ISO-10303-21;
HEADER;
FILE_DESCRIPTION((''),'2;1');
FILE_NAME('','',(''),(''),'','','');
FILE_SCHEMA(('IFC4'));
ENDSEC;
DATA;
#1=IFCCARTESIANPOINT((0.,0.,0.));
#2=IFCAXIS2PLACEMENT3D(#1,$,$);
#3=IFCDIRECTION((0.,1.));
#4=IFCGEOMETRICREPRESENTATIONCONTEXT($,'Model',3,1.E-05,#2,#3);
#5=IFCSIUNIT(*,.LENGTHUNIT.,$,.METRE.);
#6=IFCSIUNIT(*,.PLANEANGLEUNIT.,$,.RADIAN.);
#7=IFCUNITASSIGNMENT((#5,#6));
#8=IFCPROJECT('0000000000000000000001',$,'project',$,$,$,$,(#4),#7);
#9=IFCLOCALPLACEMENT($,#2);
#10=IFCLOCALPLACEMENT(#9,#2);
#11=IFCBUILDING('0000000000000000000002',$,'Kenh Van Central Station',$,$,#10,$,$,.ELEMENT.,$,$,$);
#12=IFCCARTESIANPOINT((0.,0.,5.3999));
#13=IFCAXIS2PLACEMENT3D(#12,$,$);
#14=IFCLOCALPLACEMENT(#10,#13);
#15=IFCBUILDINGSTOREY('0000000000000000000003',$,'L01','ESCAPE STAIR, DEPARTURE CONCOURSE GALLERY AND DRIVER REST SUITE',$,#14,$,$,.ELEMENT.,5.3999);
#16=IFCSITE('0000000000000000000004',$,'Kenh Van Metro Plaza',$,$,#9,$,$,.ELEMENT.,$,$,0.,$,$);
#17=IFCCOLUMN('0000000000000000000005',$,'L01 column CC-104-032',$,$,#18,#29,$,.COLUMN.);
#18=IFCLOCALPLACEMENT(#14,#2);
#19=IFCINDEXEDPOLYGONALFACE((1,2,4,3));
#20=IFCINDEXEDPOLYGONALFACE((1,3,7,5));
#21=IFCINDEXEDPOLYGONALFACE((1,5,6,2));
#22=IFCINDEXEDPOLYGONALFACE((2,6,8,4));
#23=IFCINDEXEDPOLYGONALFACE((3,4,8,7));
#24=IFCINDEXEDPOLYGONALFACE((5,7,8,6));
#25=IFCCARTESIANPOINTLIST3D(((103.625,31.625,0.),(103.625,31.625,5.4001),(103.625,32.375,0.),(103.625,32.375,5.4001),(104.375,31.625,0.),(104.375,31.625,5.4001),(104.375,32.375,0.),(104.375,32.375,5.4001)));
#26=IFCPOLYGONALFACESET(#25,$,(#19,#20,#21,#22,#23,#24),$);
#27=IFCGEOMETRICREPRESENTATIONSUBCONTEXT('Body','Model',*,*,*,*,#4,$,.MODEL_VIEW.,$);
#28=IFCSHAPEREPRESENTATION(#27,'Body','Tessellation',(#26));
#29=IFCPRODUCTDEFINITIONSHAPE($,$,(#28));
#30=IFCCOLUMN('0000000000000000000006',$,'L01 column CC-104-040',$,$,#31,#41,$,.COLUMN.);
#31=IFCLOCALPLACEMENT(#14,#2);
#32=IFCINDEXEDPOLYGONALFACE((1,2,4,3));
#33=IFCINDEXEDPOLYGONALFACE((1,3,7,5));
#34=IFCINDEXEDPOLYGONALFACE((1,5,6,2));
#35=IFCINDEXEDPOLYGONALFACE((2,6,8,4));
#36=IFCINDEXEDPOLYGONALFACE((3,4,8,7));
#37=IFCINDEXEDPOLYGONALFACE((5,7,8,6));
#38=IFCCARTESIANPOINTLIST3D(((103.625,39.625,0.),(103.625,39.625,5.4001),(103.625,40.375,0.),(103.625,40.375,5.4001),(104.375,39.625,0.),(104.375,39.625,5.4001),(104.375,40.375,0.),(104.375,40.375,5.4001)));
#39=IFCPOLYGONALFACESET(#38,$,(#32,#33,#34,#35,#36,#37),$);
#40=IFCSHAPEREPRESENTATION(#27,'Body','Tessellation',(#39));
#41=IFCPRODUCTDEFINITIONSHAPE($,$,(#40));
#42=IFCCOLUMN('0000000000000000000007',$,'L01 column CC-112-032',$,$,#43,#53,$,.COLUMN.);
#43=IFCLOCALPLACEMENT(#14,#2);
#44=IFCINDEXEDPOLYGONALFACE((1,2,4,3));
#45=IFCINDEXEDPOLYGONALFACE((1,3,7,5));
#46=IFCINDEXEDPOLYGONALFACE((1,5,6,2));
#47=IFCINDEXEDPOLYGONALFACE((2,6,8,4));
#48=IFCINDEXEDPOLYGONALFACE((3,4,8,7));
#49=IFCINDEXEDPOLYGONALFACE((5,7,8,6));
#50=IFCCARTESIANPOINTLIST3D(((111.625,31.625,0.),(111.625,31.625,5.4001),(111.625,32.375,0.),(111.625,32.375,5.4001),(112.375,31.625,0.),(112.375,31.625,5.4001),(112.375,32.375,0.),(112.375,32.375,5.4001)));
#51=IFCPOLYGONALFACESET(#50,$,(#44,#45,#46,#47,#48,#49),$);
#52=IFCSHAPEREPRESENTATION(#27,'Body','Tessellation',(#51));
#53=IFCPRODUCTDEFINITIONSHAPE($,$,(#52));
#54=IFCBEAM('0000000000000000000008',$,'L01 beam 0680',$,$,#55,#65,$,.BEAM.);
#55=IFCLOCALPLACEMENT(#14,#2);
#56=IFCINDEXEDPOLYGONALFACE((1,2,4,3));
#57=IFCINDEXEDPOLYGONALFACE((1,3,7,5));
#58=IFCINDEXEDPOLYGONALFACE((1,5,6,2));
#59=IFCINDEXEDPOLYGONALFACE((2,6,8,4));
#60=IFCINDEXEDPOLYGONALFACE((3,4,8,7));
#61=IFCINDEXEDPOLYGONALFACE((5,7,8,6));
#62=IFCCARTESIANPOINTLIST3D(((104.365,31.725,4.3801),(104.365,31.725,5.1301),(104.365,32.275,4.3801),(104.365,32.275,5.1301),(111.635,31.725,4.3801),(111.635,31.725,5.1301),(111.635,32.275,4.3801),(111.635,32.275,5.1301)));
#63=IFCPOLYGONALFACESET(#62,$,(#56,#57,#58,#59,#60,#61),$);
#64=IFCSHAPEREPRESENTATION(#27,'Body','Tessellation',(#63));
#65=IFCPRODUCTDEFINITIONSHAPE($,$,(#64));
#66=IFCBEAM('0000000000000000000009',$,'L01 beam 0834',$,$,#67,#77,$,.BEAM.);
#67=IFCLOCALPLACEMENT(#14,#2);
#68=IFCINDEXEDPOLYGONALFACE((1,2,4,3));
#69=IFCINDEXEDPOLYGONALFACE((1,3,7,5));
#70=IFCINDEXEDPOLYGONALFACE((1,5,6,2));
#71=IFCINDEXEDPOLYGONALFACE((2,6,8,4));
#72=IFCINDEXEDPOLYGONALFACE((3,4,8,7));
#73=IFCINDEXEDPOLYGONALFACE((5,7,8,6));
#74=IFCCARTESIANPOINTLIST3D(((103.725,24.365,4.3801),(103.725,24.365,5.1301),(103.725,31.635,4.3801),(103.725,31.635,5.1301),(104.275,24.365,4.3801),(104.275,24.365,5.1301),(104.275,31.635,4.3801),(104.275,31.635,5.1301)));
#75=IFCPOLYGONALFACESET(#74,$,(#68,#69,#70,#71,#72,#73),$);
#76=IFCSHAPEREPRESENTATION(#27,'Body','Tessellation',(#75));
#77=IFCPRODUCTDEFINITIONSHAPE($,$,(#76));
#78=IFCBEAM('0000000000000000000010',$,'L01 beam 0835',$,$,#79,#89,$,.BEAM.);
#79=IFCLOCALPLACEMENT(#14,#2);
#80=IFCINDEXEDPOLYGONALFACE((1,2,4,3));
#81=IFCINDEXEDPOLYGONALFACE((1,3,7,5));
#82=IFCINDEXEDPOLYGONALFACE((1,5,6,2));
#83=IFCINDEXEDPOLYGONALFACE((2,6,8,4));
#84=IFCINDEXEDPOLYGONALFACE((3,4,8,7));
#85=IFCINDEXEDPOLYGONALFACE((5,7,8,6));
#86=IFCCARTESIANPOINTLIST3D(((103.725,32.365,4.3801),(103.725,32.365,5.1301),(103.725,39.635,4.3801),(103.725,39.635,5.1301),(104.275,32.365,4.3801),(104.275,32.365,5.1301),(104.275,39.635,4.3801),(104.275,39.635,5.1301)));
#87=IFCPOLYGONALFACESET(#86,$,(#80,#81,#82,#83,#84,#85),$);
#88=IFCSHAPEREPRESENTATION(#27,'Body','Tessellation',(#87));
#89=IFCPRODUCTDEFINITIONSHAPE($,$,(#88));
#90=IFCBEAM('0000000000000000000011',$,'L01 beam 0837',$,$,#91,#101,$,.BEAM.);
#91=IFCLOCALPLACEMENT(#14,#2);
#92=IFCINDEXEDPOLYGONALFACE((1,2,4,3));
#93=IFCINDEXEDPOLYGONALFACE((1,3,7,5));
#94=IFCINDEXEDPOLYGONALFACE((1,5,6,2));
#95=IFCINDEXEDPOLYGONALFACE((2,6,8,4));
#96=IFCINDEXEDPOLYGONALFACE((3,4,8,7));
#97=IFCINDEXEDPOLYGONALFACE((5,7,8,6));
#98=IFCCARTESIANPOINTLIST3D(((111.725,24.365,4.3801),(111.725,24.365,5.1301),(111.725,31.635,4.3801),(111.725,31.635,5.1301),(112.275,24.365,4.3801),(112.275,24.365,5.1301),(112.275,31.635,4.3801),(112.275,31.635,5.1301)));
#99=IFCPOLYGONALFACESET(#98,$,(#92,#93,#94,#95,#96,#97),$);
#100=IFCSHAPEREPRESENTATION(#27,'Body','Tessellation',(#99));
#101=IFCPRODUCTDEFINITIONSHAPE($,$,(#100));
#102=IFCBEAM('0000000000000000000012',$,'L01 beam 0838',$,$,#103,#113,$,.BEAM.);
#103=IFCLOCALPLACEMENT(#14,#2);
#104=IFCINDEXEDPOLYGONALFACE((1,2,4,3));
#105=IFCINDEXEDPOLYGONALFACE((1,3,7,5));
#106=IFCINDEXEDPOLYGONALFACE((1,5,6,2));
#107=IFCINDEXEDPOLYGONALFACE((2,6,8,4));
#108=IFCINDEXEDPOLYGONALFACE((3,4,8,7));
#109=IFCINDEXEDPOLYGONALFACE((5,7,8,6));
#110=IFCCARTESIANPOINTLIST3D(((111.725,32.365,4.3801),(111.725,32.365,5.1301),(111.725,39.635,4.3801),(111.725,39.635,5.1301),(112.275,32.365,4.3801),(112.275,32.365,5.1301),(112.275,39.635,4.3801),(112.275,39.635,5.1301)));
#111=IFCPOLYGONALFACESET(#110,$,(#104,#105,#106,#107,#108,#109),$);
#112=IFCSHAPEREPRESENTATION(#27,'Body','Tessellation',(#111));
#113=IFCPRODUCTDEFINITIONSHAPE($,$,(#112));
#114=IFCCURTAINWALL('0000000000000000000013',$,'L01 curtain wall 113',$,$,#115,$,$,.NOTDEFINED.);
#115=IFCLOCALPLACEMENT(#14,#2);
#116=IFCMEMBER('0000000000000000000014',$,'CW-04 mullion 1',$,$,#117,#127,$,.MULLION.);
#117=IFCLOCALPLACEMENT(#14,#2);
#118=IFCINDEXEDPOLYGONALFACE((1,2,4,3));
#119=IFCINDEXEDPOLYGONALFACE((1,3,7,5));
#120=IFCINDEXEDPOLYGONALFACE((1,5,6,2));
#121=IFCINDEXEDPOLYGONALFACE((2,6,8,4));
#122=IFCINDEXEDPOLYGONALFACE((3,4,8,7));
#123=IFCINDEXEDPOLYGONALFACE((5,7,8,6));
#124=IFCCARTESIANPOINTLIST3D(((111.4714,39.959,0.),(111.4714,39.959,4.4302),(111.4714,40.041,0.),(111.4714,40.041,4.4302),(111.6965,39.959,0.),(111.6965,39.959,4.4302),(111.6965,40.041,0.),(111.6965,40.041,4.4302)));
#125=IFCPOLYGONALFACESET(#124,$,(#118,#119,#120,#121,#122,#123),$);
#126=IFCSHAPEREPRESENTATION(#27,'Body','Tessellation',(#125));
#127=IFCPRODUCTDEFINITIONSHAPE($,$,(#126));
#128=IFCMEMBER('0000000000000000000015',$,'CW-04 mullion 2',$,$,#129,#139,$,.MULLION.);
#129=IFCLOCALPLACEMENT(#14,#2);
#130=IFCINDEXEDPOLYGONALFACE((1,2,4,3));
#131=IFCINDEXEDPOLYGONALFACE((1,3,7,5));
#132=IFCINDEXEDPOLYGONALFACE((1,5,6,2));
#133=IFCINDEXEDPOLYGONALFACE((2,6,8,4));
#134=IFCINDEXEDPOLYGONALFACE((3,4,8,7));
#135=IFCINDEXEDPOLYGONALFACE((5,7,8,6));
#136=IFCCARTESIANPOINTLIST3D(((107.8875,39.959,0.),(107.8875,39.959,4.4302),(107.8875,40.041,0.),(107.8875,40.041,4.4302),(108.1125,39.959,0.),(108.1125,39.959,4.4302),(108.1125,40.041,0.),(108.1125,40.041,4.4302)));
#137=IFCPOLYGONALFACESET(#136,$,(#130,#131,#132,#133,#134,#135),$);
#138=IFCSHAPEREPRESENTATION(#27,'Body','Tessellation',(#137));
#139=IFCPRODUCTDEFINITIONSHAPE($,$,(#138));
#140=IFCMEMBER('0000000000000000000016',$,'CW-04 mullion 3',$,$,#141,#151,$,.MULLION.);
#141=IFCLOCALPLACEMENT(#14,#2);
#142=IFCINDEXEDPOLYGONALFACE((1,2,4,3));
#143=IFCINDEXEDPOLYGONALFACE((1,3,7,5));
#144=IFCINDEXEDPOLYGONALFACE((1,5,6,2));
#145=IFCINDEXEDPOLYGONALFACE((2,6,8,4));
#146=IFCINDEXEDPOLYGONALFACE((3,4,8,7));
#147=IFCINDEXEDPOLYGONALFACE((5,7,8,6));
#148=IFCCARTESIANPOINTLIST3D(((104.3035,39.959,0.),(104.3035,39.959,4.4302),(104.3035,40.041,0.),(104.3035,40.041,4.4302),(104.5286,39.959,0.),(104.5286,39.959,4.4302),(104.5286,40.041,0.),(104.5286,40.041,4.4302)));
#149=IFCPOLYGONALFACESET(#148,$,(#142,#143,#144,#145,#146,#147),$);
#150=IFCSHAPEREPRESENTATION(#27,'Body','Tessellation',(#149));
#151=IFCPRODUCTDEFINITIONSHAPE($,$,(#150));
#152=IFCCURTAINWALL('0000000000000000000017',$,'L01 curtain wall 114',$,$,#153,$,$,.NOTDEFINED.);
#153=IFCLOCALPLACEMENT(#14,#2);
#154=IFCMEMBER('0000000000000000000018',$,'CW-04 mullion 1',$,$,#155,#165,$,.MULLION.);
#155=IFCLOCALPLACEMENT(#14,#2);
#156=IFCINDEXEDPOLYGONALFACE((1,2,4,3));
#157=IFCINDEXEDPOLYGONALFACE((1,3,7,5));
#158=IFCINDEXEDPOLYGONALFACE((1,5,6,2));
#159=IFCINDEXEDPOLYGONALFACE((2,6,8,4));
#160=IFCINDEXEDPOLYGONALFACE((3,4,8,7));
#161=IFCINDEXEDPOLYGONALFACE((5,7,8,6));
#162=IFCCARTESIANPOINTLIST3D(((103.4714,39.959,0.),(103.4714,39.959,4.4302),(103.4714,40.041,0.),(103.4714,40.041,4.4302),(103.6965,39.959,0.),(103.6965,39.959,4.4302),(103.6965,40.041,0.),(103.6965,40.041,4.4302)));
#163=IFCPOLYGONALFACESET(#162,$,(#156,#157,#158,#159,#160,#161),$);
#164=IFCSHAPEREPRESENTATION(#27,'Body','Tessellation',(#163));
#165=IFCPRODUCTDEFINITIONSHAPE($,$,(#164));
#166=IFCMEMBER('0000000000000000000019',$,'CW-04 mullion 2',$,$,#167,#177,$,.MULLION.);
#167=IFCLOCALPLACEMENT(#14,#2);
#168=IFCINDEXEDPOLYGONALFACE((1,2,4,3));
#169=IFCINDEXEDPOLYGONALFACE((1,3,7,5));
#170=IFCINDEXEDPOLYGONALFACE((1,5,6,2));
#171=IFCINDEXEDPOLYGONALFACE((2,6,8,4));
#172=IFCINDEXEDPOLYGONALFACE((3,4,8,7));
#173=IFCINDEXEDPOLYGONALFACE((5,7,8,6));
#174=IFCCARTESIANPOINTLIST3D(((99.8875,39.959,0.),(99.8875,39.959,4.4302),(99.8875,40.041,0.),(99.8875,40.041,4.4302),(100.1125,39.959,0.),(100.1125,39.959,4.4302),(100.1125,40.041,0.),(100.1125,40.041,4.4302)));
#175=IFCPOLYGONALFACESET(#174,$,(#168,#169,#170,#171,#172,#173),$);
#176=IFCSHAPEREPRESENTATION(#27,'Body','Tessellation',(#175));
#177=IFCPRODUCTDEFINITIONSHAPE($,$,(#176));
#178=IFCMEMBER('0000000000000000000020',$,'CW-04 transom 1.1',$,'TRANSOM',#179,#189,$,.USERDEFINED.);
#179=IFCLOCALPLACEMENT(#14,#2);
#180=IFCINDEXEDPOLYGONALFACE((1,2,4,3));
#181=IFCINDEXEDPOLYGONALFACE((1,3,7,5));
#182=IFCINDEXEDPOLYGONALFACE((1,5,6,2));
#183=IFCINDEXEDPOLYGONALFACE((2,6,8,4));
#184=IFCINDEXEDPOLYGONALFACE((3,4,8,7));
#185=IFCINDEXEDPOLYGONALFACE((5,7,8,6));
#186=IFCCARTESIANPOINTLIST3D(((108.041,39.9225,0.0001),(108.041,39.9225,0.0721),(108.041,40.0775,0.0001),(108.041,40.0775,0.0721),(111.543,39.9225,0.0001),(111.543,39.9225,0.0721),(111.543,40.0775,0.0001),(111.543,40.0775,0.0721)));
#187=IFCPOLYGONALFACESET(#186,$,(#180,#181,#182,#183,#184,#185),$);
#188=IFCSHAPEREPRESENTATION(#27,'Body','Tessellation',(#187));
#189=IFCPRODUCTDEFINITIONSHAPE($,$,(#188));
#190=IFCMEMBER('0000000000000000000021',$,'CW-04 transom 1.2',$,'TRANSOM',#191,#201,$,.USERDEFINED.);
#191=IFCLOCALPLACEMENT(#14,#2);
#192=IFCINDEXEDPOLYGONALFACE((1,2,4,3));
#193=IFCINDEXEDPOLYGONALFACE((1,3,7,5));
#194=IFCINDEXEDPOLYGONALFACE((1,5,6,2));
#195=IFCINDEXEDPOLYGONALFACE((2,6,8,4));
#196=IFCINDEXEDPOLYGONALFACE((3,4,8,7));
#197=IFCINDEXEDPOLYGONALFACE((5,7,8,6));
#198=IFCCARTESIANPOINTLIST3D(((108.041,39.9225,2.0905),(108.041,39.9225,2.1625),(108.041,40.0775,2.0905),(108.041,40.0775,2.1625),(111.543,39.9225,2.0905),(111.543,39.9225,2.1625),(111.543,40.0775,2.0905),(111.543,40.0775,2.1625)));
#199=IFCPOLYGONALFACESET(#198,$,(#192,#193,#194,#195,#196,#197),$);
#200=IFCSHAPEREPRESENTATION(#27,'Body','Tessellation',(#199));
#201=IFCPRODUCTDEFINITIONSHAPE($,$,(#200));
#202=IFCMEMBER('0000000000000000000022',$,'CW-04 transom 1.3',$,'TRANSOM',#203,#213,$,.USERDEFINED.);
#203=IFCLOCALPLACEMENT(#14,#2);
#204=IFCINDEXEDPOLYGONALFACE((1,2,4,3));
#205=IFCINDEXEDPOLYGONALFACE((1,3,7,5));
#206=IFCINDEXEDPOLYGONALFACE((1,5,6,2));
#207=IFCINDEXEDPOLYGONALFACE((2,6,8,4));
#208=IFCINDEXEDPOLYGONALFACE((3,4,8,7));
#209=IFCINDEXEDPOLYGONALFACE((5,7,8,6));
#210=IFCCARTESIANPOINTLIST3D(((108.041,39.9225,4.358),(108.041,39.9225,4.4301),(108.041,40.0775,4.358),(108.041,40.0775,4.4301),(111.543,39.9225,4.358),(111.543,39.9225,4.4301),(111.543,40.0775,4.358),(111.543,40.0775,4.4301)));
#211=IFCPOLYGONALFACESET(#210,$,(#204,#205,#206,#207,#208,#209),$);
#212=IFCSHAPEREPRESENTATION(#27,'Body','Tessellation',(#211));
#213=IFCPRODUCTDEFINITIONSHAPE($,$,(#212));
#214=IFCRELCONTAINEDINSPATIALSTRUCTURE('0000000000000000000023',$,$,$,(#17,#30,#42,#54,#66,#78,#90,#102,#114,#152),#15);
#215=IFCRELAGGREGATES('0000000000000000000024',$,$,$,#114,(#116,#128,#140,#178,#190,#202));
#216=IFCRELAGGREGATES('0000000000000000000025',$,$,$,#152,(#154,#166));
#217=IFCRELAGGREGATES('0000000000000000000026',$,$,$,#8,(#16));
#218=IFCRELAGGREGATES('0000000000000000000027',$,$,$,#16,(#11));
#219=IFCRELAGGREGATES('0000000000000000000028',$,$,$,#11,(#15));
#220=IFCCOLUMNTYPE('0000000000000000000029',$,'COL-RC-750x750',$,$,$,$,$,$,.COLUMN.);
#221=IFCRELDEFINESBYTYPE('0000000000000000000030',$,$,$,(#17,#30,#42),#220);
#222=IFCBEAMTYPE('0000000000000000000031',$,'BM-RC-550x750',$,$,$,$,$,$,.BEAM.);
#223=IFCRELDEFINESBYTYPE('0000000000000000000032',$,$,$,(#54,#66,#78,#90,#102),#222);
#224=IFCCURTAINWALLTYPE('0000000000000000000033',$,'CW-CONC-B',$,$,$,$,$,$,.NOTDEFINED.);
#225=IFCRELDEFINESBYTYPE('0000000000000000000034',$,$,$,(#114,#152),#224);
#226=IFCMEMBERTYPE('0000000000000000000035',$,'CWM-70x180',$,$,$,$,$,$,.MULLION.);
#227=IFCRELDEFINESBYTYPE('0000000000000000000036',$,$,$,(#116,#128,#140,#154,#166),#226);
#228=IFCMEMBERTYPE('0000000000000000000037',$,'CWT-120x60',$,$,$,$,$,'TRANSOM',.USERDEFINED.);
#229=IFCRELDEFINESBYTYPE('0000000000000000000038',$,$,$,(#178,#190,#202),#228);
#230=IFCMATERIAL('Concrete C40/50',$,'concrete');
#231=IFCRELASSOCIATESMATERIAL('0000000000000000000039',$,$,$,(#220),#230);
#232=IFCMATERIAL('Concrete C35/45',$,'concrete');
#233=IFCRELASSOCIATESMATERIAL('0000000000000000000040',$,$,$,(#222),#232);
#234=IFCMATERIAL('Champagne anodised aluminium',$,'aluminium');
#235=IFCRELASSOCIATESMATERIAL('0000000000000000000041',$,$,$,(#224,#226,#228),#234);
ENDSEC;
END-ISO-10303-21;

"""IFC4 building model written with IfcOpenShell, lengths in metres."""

from ifc_helpers import new_model, si_unit, direction, frame, origin, origin_2d, place, context, subcontext, project, spatial, rectangle, extrude, material, material_profile, profile_set, type_object, element, aggregate, save


model = new_model("IFC4")

# Units and contexts
model_context = context("Model", 3, precision=1e-05, world=origin(), true_north=direction((0.0, 1.0)))
body_context = subcontext(model_context, "Body", "Model", "MODEL_VIEW")
ifc_project = project(units=[si_unit("LENGTHUNIT", "METRE"), si_unit("PLANEANGLEUNIT", "RADIAN")], contexts=[model_context])

# Site, building, storey
site_placement = place(None, origin())
site = spatial("IfcSite", under=ifc_project, at=site_placement, Name="Kenh Van Metro Plaza", CompositionType="ELEMENT", RefElevation=0.0)
building_placement = place(site_placement, origin())
building = spatial("IfcBuilding", under=site, at=building_placement, Name="Kenh Van Central Station", CompositionType="ELEMENT")
storey_placement = place(building_placement, frame((0.0, 0.0, 5.3999)))
storey = spatial("IfcBuildingStorey", under=building, at=storey_placement, Name="L01", Description="ESCAPE STAIR, DEPARTURE CONCOURSE GALLERY AND DRIVER REST SUITE", CompositionType="ELEMENT", Elevation=5.3999)

# Columns
ifc_material_1 = material(Name="Concrete C40/50", Category="concrete")
ifc_material_profile_1 = material_profile(ifc_material_1, rectangle(XDim=0.75, YDim=0.75, at=origin_2d()), Name="RC 750x750")
ifc_profile_set_1 = profile_set([ifc_material_profile_1], Name="Concrete C40/50")
column_type = type_object("IfcColumnType", Name="COL-RC-750x750", PredefinedType="COLUMN", material=ifc_profile_set_1)
for number, where, z_axis, x_axis, name in (
    (1, (104.0, 32.0, 0.0), (0.0, 0.0, 1.0), (1.0, 0.0, 0.0), "L01 column CC-104-032"),
    (2, (104.0, 40.0, 0.0), (0.0, 0.0, 1.0), (1.0, 0.0, 0.0), "L01 column CC-104-040"),
    (3, (112.0, 32.0, 0.0), (0.0, 0.0, 1.0), (1.0, 0.0, 0.0), "L01 column CC-112-032"),
):
    element("IfcColumn", number, at=place(storey_placement, frame(where, z_axis=z_axis, x_axis=x_axis)), inside=storey, type_object=column_type, Name=name, PredefinedType="COLUMN", context=body_context, shape_type="SweptSolid", body=[
        extrude(rectangle(XDim=0.75, YDim=0.75, at=origin_2d()), origin(), (0.0, 0.0, 1.0), 5.4001),
    ])

# Beams
ifc_material_2 = material(Name="Concrete C35/45", Category="concrete")
ifc_material_profile_2 = material_profile(ifc_material_2, rectangle(XDim=0.55, YDim=0.75, at=origin_2d()), Name="RC 550x750")
ifc_profile_set_2 = profile_set([ifc_material_profile_2], Name="Concrete C35/45")
beam_type_1 = type_object("IfcBeamType", Name="BM-RC-550x750", PredefinedType="BEAM", material=ifc_profile_set_2)
for number, where, z_axis, x_axis, name in (
    (4, (104.365, 32.0, 4.7551), (1.0, 0.0, 0.0), (0.0, 1.0, 0.0), "L01 beam 0680"),
    (5, (104.0, 24.365, 4.7551), (0.0, 1.0, 0.0), (-1.0, 0.0, 0.0), "L01 beam 0834"),
    (6, (104.0, 32.365, 4.7551), (0.0, 1.0, 0.0), (-1.0, 0.0, 0.0), "L01 beam 0835"),
    (7, (112.0, 24.365, 4.7551), (0.0, 1.0, 0.0), (-1.0, 0.0, 0.0), "L01 beam 0837"),
    (8, (112.0, 32.365, 4.7551), (0.0, 1.0, 0.0), (-1.0, 0.0, 0.0), "L01 beam 0838"),
):
    element("IfcBeam", number, at=place(storey_placement, frame(where, z_axis=z_axis, x_axis=x_axis)), inside=storey, type_object=beam_type_1, Name=name, PredefinedType="BEAM", context=body_context, shape_type="SweptSolid", body=[
        extrude(rectangle(XDim=0.55, YDim=0.75, at=origin_2d()), origin(), (0.0, 0.0, 1.0), 7.27),
    ])

# Curtain walls, members
ifc_material_3 = material(Name="Champagne anodised aluminium", Category="aluminium")
curtain_wall_type = type_object("IfcCurtainWallType", Name="CW-CONC-B", PredefinedType="NOTDEFINED", material=ifc_material_3)
curtain_wall_1_placement = place(storey_placement, origin())
curtain_wall_1 = element("IfcCurtainWall", 9, at=curtain_wall_1_placement, inside=storey, type_object=curtain_wall_type, Name="L01 curtain wall 113", PredefinedType="NOTDEFINED")
ifc_material_profile_3 = material_profile(ifc_material_3, rectangle(XDim=0.082, YDim=0.2251, at=origin_2d()), Name="AL 82x225")
ifc_profile_set_3 = profile_set([ifc_material_profile_3], Name="Champagne anodised aluminium")
member_type_1 = type_object("IfcMemberType", Name="CWM-70x180", PredefinedType="MULLION", material=ifc_profile_set_3)
member_1_placement = place(storey_placement, frame((111.584, 40.0, 0.0), z_axis=(0.0, 0.0, 1.0), x_axis=(0.0, -1.0, 0.0)))
member_1 = element("IfcMember", 10, at=member_1_placement, type_object=member_type_1, Name="CW-04 mullion 1", PredefinedType="MULLION", context=body_context, shape_type="SweptSolid", body=[
    extrude(rectangle(XDim=0.082, YDim=0.2251, at=origin_2d()), origin(), (0.0, 0.0, 1.0), 4.4302),
])
member_2_placement = place(storey_placement, frame((108.0, 40.0, 0.0), z_axis=(0.0, 0.0, 1.0), x_axis=(0.0, -1.0, 0.0)))
member_2 = element("IfcMember", 11, at=member_2_placement, type_object=member_type_1, Name="CW-04 mullion 2", PredefinedType="MULLION", context=body_context, shape_type="SweptSolid", body=[
    extrude(rectangle(XDim=0.082, YDim=0.2251, at=origin_2d()), origin(), (0.0, 0.0, 1.0), 4.4302),
])
member_3_placement = place(storey_placement, frame((104.416, 40.0, 0.0), z_axis=(0.0, 0.0, 1.0), x_axis=(0.0, -1.0, 0.0)))
member_3 = element("IfcMember", 12, at=member_3_placement, type_object=member_type_1, Name="CW-04 mullion 3", PredefinedType="MULLION", context=body_context, shape_type="SweptSolid", body=[
    extrude(rectangle(XDim=0.082, YDim=0.2251, at=origin_2d()), origin(), (0.0, 0.0, 1.0), 4.4302),
])
curtain_wall_2_placement = place(storey_placement, origin())
curtain_wall_2 = element("IfcCurtainWall", 13, at=curtain_wall_2_placement, inside=storey, type_object=curtain_wall_type, Name="L01 curtain wall 114", PredefinedType="NOTDEFINED")
member_4_placement = place(storey_placement, frame((103.584, 40.0, 0.0), z_axis=(0.0, 0.0, 1.0), x_axis=(0.0, -1.0, 0.0)))
member_4 = element("IfcMember", 14, at=member_4_placement, type_object=member_type_1, Name="CW-04 mullion 1", PredefinedType="MULLION", context=body_context, shape_type="SweptSolid", body=[
    extrude(rectangle(XDim=0.082, YDim=0.2251, at=origin_2d()), origin(), (0.0, 0.0, 1.0), 4.4302),
])
member_5_placement = place(storey_placement, frame((100.0, 40.0, 0.0), z_axis=(0.0, 0.0, 1.0), x_axis=(0.0, -1.0, 0.0)))
member_5 = element("IfcMember", 15, at=member_5_placement, type_object=member_type_1, Name="CW-04 mullion 2", PredefinedType="MULLION", context=body_context, shape_type="SweptSolid", body=[
    extrude(rectangle(XDim=0.082, YDim=0.2251, at=origin_2d()), origin(), (0.0, 0.0, 1.0), 4.4302),
])

# Members
ifc_material_profile_4 = material_profile(ifc_material_3, rectangle(XDim=0.155, YDim=0.072, at=origin_2d()), Name="AL 155x72")
ifc_profile_set_4 = profile_set([ifc_material_profile_4], Name="Champagne anodised aluminium")
member_type_2 = type_object("IfcMemberType", Name="CWT-120x60", ElementType="TRANSOM", PredefinedType="USERDEFINED", material=ifc_profile_set_4)
member_6_placement = place(storey_placement, frame((111.543, 40.0, 0.0361), z_axis=(-1.0, 0.0, 0.0), x_axis=(0.0, -1.0, 0.0)))
member_6 = element("IfcMember", 16, at=member_6_placement, type_object=member_type_2, Name="CW-04 transom 1.1", ObjectType="TRANSOM", PredefinedType="USERDEFINED", context=body_context, shape_type="SweptSolid", body=[
    extrude(rectangle(XDim=0.155, YDim=0.072, at=origin_2d()), origin(), (0.0, 0.0, 1.0), 3.502),
])
member_7_placement = place(storey_placement, frame((111.543, 40.0, 2.1265), z_axis=(-1.0, 0.0, 0.0), x_axis=(0.0, -1.0, 0.0)))
member_7 = element("IfcMember", 17, at=member_7_placement, type_object=member_type_2, Name="CW-04 transom 1.2", ObjectType="TRANSOM", PredefinedType="USERDEFINED", context=body_context, shape_type="SweptSolid", body=[
    extrude(rectangle(XDim=0.155, YDim=0.072, at=origin_2d()), origin(), (0.0, 0.0, 1.0), 3.502),
])
member_8_placement = place(storey_placement, frame((111.543, 40.0, 4.394), z_axis=(-1.0, 0.0, 0.0), x_axis=(0.0, -1.0, 0.0)))
member_8 = element("IfcMember", 18, at=member_8_placement, type_object=member_type_2, Name="CW-04 transom 1.3", ObjectType="TRANSOM", PredefinedType="USERDEFINED", context=body_context, shape_type="SweptSolid", body=[
    extrude(rectangle(XDim=0.155, YDim=0.072, at=origin_2d()), origin(), (0.0, 0.0, 1.0), 3.502),
])

aggregate(curtain_wall_1, [member_1, member_2, member_3, member_6, member_7, member_8])
aggregate(curtain_wall_2, [member_4, member_5])

save(model, "model.ifc")
